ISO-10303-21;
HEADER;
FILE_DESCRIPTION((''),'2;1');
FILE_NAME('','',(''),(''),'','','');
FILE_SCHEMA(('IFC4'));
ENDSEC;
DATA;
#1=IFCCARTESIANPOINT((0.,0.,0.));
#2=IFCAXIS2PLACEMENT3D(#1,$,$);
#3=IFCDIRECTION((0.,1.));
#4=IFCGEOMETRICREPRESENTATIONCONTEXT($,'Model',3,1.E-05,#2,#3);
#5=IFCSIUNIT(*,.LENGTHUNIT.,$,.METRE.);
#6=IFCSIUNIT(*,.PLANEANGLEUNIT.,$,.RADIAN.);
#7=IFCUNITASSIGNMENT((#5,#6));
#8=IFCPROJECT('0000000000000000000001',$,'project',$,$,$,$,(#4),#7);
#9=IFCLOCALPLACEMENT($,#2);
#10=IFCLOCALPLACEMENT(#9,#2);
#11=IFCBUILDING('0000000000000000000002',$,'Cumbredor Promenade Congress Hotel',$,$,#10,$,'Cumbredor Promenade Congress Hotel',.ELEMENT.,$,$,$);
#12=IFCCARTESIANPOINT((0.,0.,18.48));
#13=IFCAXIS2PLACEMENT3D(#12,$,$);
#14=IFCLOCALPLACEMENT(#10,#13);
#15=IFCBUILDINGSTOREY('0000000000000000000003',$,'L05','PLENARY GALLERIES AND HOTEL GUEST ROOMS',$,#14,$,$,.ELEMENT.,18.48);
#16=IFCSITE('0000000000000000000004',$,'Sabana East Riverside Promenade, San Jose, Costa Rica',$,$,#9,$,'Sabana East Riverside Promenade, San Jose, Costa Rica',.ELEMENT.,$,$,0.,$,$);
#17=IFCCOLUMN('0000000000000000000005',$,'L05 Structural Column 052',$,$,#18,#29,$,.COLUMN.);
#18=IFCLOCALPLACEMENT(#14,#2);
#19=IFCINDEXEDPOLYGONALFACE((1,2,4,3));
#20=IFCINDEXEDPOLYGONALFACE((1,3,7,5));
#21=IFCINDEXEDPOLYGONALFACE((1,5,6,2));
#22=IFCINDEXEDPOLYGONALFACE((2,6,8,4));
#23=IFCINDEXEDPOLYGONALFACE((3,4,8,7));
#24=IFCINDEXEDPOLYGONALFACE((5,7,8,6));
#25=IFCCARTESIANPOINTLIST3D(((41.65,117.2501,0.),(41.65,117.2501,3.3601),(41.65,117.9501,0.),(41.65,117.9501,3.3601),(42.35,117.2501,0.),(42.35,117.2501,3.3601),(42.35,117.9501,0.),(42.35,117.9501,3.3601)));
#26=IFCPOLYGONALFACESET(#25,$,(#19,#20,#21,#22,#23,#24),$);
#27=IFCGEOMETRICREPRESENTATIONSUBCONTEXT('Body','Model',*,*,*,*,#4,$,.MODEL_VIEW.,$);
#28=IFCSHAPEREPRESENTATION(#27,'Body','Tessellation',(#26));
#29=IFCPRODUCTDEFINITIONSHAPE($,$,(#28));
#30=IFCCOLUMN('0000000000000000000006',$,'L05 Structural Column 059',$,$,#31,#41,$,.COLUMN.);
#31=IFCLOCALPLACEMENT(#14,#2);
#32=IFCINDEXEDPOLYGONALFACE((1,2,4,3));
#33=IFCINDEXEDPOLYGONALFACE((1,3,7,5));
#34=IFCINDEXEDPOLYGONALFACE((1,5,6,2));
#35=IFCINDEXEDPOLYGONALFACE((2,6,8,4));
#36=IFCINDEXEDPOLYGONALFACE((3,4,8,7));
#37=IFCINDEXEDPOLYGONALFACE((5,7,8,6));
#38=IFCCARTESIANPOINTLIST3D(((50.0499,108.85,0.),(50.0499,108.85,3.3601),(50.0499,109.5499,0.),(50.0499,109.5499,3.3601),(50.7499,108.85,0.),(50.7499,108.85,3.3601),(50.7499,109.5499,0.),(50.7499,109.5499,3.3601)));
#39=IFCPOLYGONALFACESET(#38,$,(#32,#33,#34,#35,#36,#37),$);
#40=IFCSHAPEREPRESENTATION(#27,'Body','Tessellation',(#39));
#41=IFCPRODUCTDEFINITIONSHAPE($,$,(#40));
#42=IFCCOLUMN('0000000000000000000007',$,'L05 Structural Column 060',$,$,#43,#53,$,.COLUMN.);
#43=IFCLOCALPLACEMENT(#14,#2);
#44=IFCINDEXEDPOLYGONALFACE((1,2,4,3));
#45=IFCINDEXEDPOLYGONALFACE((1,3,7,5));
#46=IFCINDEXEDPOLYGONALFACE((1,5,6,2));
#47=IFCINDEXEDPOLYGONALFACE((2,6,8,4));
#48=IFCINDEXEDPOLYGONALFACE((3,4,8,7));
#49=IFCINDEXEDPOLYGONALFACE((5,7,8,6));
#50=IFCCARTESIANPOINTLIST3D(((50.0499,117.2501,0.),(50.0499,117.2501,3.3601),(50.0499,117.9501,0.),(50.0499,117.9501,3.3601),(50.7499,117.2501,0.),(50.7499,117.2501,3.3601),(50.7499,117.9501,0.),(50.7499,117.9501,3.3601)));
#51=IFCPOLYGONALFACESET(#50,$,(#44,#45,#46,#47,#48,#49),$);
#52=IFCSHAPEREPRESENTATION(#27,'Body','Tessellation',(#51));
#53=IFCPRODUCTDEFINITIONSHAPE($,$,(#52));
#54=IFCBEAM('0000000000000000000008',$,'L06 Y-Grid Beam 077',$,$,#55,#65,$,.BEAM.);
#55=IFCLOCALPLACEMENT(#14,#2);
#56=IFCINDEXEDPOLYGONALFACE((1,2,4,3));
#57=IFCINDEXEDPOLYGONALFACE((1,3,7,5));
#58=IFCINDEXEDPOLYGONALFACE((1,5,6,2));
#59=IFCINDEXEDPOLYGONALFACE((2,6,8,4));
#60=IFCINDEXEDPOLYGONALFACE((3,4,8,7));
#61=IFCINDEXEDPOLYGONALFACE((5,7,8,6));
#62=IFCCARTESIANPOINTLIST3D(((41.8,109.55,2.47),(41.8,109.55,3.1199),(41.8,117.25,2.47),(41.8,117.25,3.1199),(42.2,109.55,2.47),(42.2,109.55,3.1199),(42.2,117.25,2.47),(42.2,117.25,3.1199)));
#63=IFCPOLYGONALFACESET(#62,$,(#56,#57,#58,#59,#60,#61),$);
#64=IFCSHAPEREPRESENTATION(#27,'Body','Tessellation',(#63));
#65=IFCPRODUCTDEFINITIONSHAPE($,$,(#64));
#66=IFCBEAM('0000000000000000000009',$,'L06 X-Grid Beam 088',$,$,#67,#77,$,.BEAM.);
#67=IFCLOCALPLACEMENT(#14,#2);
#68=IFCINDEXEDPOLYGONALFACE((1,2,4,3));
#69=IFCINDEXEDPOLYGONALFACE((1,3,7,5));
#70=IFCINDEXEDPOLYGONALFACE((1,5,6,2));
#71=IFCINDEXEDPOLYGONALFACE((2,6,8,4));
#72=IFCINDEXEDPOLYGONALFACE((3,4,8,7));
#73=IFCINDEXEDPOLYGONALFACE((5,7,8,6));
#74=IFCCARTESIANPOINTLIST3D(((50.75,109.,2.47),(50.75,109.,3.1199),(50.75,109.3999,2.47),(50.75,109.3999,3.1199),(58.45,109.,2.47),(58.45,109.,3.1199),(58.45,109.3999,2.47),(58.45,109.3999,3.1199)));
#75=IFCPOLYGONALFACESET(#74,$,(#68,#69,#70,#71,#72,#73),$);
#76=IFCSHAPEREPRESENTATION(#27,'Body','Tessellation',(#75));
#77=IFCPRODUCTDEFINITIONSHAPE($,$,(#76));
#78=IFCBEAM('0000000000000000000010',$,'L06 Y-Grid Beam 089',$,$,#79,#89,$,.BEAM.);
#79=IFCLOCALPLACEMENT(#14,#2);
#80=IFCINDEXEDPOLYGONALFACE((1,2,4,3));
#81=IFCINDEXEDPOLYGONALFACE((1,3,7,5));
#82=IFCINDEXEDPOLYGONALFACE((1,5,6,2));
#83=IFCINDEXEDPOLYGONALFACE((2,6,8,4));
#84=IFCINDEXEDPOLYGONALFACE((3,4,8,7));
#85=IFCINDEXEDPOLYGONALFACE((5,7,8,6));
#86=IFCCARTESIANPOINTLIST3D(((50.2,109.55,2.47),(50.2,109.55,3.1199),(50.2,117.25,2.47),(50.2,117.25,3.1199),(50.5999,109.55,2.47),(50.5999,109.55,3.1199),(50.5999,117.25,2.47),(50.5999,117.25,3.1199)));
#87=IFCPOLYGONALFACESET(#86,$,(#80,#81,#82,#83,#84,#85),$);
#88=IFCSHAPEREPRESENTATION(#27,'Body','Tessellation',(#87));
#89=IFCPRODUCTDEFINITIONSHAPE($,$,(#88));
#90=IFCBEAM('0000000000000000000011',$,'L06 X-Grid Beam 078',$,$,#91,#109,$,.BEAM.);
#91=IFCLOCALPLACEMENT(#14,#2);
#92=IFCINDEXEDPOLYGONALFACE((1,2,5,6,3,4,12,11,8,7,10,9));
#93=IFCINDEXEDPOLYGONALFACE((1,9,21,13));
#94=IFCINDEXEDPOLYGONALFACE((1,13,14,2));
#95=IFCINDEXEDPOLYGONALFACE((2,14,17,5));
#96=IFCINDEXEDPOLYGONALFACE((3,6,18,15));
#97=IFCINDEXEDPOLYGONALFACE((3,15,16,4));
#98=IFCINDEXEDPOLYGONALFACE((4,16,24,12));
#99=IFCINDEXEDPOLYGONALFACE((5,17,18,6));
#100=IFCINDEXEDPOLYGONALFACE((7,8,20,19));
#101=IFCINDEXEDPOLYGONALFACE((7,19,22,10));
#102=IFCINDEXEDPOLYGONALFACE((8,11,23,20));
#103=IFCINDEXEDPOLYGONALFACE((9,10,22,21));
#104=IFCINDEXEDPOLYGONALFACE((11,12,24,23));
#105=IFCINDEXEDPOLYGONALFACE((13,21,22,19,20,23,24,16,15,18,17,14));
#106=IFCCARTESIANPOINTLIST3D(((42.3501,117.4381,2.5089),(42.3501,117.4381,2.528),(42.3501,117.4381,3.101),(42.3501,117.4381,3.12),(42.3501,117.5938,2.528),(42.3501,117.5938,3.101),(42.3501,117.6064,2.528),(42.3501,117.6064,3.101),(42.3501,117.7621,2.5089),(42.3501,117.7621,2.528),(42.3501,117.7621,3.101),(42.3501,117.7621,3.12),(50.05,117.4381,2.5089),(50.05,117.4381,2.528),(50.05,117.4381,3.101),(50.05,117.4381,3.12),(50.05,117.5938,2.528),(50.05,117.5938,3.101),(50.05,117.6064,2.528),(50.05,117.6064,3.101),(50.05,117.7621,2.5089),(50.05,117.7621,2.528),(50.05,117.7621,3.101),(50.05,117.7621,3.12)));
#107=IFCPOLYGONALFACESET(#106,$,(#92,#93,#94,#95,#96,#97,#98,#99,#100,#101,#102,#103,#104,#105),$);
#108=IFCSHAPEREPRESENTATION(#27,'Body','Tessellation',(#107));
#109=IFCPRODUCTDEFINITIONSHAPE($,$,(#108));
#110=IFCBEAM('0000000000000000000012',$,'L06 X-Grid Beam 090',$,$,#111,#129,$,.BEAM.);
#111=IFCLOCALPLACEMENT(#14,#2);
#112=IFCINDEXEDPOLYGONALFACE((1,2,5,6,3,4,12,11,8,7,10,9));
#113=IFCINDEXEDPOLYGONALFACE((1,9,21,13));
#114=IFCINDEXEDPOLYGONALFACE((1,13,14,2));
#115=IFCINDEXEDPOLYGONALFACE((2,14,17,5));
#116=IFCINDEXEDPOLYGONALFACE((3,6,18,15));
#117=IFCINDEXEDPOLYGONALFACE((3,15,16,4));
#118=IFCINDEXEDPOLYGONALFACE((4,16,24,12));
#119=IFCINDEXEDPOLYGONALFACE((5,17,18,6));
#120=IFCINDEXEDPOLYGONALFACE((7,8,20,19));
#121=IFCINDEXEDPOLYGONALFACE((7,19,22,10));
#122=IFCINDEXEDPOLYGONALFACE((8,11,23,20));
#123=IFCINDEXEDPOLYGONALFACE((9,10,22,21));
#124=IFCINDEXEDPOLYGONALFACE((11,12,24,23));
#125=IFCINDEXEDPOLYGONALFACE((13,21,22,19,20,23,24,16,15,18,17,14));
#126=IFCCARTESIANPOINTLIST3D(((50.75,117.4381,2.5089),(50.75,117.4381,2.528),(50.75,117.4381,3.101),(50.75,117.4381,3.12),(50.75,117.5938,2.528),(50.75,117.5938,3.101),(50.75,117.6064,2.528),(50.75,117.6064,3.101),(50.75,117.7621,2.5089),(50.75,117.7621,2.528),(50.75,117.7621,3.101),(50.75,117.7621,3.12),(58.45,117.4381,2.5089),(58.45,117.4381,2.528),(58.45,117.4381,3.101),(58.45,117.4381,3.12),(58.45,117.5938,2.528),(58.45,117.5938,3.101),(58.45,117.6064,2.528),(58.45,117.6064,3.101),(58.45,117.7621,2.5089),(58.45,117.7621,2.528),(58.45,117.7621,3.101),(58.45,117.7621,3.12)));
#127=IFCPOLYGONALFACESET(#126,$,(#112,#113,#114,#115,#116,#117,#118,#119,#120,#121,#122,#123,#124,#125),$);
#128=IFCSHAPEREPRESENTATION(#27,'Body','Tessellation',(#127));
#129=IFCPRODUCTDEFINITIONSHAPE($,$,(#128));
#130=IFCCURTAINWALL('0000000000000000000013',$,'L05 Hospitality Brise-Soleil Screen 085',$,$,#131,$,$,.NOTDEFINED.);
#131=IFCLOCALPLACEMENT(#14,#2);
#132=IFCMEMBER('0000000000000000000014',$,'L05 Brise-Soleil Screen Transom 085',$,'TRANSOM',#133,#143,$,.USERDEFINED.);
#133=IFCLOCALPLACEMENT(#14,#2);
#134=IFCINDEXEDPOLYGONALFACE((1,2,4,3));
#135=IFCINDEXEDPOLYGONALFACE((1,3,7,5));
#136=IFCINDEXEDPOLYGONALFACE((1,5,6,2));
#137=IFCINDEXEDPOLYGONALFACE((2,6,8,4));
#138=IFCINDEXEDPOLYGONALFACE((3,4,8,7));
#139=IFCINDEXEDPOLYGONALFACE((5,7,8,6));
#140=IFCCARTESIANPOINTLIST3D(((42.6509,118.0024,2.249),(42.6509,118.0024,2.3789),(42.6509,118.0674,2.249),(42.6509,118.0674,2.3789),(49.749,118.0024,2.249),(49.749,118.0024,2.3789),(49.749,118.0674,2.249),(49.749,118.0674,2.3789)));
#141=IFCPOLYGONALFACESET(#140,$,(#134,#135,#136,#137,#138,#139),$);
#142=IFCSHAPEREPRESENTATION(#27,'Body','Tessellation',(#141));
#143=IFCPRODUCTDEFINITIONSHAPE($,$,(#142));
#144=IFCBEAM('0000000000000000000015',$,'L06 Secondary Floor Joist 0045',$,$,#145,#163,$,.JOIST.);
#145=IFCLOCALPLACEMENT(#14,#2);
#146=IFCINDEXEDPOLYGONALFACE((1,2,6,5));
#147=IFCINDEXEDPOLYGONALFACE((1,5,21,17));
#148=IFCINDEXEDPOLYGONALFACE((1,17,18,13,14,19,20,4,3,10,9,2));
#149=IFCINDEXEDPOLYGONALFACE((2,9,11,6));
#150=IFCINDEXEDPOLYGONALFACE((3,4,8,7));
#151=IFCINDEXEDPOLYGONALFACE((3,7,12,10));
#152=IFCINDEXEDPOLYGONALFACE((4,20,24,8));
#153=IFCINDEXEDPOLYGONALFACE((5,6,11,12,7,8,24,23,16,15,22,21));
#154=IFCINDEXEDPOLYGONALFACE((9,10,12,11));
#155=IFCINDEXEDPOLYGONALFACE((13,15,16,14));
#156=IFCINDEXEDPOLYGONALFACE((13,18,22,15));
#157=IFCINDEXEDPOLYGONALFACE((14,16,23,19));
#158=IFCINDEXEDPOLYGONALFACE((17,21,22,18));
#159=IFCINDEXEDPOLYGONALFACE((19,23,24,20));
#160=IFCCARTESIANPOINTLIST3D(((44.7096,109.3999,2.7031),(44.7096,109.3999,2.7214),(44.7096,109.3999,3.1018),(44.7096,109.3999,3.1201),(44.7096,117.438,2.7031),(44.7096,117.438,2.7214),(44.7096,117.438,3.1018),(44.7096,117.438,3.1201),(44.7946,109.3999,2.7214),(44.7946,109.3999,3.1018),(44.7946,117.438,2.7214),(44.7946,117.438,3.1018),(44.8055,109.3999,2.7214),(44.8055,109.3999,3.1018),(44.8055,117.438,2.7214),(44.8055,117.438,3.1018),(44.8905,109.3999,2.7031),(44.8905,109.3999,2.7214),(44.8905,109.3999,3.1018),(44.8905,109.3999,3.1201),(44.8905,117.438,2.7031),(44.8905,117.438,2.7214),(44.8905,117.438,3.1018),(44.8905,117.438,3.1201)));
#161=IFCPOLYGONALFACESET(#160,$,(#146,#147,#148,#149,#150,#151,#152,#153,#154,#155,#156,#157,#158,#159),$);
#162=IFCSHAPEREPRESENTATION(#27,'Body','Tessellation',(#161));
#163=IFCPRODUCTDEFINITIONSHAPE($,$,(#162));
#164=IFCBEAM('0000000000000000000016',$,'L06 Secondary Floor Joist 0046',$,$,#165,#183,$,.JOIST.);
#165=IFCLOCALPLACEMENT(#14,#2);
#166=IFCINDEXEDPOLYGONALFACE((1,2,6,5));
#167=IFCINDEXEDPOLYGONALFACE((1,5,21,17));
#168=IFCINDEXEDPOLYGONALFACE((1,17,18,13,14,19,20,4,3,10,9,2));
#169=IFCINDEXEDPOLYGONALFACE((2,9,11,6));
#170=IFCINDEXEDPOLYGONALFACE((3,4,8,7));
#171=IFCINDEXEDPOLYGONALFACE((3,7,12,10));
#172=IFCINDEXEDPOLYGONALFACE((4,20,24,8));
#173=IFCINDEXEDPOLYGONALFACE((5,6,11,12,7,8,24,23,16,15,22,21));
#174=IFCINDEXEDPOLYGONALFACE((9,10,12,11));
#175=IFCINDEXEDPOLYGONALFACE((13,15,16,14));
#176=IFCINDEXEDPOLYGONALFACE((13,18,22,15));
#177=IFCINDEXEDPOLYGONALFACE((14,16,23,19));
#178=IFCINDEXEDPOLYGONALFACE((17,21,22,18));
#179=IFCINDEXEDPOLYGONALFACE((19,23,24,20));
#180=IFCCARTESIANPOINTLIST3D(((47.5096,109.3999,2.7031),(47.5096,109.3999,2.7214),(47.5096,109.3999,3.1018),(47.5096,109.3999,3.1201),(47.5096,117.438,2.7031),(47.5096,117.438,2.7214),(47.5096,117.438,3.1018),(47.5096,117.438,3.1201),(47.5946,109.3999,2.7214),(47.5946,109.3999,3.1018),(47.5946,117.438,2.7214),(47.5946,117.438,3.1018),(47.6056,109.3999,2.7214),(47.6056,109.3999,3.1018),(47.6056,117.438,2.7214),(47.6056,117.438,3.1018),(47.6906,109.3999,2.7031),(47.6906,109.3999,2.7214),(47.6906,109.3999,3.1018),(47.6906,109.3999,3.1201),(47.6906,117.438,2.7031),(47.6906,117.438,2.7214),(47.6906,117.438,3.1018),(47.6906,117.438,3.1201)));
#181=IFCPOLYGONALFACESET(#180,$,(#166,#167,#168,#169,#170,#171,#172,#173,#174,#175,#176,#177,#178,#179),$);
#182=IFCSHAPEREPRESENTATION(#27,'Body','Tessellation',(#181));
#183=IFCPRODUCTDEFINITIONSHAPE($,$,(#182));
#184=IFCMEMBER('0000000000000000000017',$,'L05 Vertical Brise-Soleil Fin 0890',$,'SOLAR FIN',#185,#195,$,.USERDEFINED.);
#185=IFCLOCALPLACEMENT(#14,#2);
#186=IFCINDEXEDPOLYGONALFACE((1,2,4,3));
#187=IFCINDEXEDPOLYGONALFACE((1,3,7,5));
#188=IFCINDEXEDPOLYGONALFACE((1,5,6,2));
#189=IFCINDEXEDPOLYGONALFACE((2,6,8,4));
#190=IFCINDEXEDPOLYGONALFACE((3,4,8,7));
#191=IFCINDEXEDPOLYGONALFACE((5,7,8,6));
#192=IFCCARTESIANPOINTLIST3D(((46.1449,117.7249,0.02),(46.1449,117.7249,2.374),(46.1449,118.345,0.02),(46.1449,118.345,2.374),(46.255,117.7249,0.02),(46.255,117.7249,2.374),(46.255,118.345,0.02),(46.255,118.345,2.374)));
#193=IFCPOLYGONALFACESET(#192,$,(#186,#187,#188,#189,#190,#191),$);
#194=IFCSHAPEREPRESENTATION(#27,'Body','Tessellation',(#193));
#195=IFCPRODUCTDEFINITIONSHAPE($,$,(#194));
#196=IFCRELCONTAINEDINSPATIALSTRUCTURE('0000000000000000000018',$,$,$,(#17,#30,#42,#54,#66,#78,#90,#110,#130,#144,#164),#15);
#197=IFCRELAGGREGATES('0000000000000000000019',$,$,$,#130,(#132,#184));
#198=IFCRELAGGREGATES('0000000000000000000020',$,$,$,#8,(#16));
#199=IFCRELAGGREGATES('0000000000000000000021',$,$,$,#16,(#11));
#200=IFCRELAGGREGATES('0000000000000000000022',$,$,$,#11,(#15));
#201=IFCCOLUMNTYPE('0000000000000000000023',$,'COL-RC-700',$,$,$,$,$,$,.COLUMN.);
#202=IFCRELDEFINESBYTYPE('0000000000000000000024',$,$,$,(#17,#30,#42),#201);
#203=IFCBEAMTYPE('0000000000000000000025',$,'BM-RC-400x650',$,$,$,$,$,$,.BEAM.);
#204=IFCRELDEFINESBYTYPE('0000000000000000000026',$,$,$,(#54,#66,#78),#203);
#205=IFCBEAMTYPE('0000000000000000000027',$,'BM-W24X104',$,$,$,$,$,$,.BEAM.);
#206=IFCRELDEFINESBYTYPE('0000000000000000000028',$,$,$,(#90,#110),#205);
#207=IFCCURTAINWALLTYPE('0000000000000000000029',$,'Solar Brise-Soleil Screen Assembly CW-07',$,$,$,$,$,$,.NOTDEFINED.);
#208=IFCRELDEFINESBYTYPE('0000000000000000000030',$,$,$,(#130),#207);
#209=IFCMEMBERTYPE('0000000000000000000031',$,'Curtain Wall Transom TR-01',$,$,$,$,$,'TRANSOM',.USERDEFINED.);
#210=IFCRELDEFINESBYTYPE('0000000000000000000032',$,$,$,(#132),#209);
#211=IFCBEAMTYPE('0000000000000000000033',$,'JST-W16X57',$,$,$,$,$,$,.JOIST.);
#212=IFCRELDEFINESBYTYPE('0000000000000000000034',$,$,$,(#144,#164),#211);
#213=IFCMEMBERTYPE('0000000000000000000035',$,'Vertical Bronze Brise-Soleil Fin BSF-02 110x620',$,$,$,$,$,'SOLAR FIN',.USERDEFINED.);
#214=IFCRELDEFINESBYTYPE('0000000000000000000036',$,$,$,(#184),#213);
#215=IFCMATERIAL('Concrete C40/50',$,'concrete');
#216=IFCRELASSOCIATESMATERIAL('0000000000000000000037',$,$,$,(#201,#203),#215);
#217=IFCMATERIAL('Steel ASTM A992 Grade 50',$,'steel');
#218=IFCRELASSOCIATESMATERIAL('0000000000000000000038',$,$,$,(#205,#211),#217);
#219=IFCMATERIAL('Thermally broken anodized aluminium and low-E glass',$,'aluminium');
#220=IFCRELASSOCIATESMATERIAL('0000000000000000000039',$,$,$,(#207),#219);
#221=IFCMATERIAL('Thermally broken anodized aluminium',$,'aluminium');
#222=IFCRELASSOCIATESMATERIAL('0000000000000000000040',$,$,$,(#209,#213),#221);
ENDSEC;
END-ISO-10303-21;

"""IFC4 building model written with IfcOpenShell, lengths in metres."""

from ifc_helpers import new_model, si_unit, direction, frame, origin, origin_2d, place, context, subcontext, project, spatial, rectangle, i_section, extrude, material, material_profile, profile_set, type_object, element, aggregate, save


model = new_model("IFC4")

# Units and contexts
model_context = context("Model", 3, precision=1e-05, world=origin(), true_north=direction((0.0, 1.0)))
body_context = subcontext(model_context, "Body", "Model", "MODEL_VIEW")
ifc_project = project(units=[si_unit("LENGTHUNIT", "METRE"), si_unit("PLANEANGLEUNIT", "RADIAN")], contexts=[model_context])

# Site, building, storey
site_placement = place(None, origin())
site = spatial("IfcSite", under=ifc_project, at=site_placement, Name="Sabana East Riverside Promenade, San Jose, Costa Rica", LongName="Sabana East Riverside Promenade, San Jose, Costa Rica", CompositionType="ELEMENT", RefElevation=0.0)
building_placement = place(site_placement, origin())
building = spatial("IfcBuilding", under=site, at=building_placement, Name="Cumbredor Promenade Congress Hotel", LongName="Cumbredor Promenade Congress Hotel", CompositionType="ELEMENT")
storey_placement = place(building_placement, frame((0.0, 0.0, 18.48)))
storey = spatial("IfcBuildingStorey", under=building, at=storey_placement, Name="L05", Description="PLENARY GALLERIES AND HOTEL GUEST ROOMS", CompositionType="ELEMENT", Elevation=18.48)

# Columns
ifc_material_1 = material(Name="Concrete C40/50", Category="concrete")
ifc_material_profile_1 = material_profile(ifc_material_1, rectangle(XDim=0.7, YDim=0.7, at=origin_2d()), Name="RC 700x700")
ifc_profile_set_1 = profile_set([ifc_material_profile_1], Name="Concrete C40/50")
column_type = type_object("IfcColumnType", Name="COL-RC-700", PredefinedType="COLUMN", material=ifc_profile_set_1)
for number, where, z_axis, x_axis, name in (
    (1, (42.0, 117.6001, 0.0), (0.0, 0.0, 1.0), (1.0, 0.0, 0.0), "L05 Structural Column 052"),
    (2, (50.3999, 109.2, 0.0), (0.0, 0.0, 1.0), (1.0, 0.0, 0.0), "L05 Structural Column 059"),
    (3, (50.3999, 117.6001, 0.0), (0.0, 0.0, 1.0), (1.0, 0.0, 0.0), "L05 Structural Column 060"),
):
    element("IfcColumn", number, at=place(storey_placement, frame(where, z_axis=z_axis, x_axis=x_axis)), inside=storey, type_object=column_type, Name=name, PredefinedType="COLUMN", context=body_context, shape_type="SweptSolid", body=[
        extrude(rectangle(XDim=0.7, YDim=0.7, at=origin_2d()), origin(), (0.0, 0.0, 1.0), 3.3601),
    ])

# Beams
ifc_material_profile_2 = material_profile(ifc_material_1, rectangle(XDim=0.3999, YDim=0.6499, at=origin_2d()), Name="RC BEAM 400x650")
ifc_profile_set_2 = profile_set([ifc_material_profile_2], Name="Concrete C40/50")
beam_type_1 = type_object("IfcBeamType", Name="BM-RC-400x650", PredefinedType="BEAM", material=ifc_profile_set_2)
for number, where, z_axis, x_axis, name in (
    (4, (42.0, 109.55, 2.7949), (0.0, 1.0, 0.0), (-1.0, 0.0, 0.0), "L06 Y-Grid Beam 077"),
    (5, (50.75, 109.2, 2.7949), (1.0, 0.0, 0.0), (0.0, 1.0, 0.0), "L06 X-Grid Beam 088"),
    (6, (50.3999, 109.55, 2.7949), (0.0, 1.0, 0.0), (-1.0, 0.0, 0.0), "L06 Y-Grid Beam 089"),
):
    element("IfcBeam", number, at=place(storey_placement, frame(where, z_axis=z_axis, x_axis=x_axis)), inside=storey, type_object=beam_type_1, Name=name, PredefinedType="BEAM", context=body_context, shape_type="SweptSolid", body=[
        extrude(rectangle(XDim=0.3999, YDim=0.6499, at=origin_2d()), origin(), (0.0, 0.0, 1.0), 7.7),
    ])
ifc_material_2 = material(Name="Steel ASTM A992 Grade 50", Category="steel")
ifc_material_profile_3 = material_profile(ifc_material_2, i_section(OverallWidth=0.324, OverallDepth=0.6111, WebThickness=0.0127, FlangeThickness=0.019, at=origin_2d()), Name="W24X104")
ifc_profile_set_3 = profile_set([ifc_material_profile_3], Name="Steel ASTM A992 Grade 50")
beam_type_2 = type_object("IfcBeamType", Name="BM-W24X104", PredefinedType="BEAM", material=ifc_profile_set_3)
for number, where, z_axis, x_axis, name in (
    (7, (42.3501, 117.6001, 2.8145), (1.0, 0.0, 0.0), (0.0, 1.0, 0.0), "L06 X-Grid Beam 078"),
    (8, (50.75, 117.6001, 2.8145), (1.0, 0.0, 0.0), (0.0, 1.0, 0.0), "L06 X-Grid Beam 090"),
):
    element("IfcBeam", number, at=place(storey_placement, frame(where, z_axis=z_axis, x_axis=x_axis)), inside=storey, type_object=beam_type_2, Name=name, PredefinedType="BEAM", context=body_context, shape_type="SweptSolid", body=[
        extrude(i_section(OverallWidth=0.324, OverallDepth=0.6111, WebThickness=0.0127, FlangeThickness=0.019, at=origin_2d()), origin(), (0.0, 0.0, 1.0), 7.7),
    ])

# Curtain wall, member
ifc_material_3 = material(Name="Thermally broken anodized aluminium and low-E glass", Category="aluminium")
curtain_wall_type = type_object("IfcCurtainWallType", Name="Solar Brise-Soleil Screen Assembly CW-07", PredefinedType="NOTDEFINED", material=ifc_material_3)
curtain_wall_placement = place(storey_placement, origin())
curtain_wall = element("IfcCurtainWall", 9, at=curtain_wall_placement, inside=storey, type_object=curtain_wall_type, Name="L05 Hospitality Brise-Soleil Screen 085", PredefinedType="NOTDEFINED")
ifc_material_4 = material(Name="Thermally broken anodized aluminium", Category="aluminium")
ifc_material_profile_4 = material_profile(ifc_material_4, rectangle(XDim=0.0649, YDim=0.1299, at=origin_2d()), Name="ALU TRANSOM 65x130")
ifc_profile_set_4 = profile_set([ifc_material_profile_4], Name="Thermally broken anodized aluminium")
member_type_1 = type_object("IfcMemberType", Name="Curtain Wall Transom TR-01", ElementType="TRANSOM", PredefinedType="USERDEFINED", material=ifc_profile_set_4)
member_1_placement = place(storey_placement, frame((42.6509, 118.0349, 2.314), z_axis=(1.0, 0.0, 0.0), x_axis=(0.0, 1.0, 0.0)))
member_1 = element("IfcMember", 10, at=member_1_placement, type_object=member_type_1, Name="L05 Brise-Soleil Screen Transom 085", ObjectType="TRANSOM", PredefinedType="USERDEFINED", context=body_context, shape_type="SweptSolid", body=[
    extrude(rectangle(XDim=0.0649, YDim=0.1299, at=origin_2d()), origin(), (0.0, 0.0, 1.0), 7.0981),
])

# Beams
ifc_material_profile_5 = material_profile(ifc_material_2, i_section(OverallWidth=0.1809, OverallDepth=0.417, WebThickness=0.011, FlangeThickness=0.0183, at=origin_2d()), Name="W16X57")
ifc_profile_set_5 = profile_set([ifc_material_profile_5], Name="Steel ASTM A992 Grade 50")
beam_type_3 = type_object("IfcBeamType", Name="JST-W16X57", PredefinedType="JOIST", material=ifc_profile_set_5)
for number, where, z_axis, x_axis, name in (
    (11, (44.8, 109.3999, 2.9116), (0.0, 1.0, 0.0), (-1.0, 0.0, 0.0), "L06 Secondary Floor Joist 0045"),
    (12, (47.6001, 109.3999, 2.9116), (0.0, 1.0, 0.0), (-1.0, 0.0, 0.0), "L06 Secondary Floor Joist 0046"),
):
    element("IfcBeam", number, at=place(storey_placement, frame(where, z_axis=z_axis, x_axis=x_axis)), inside=storey, type_object=beam_type_3, Name=name, PredefinedType="JOIST", context=body_context, shape_type="SweptSolid", body=[
        extrude(i_section(OverallWidth=0.1809, OverallDepth=0.417, WebThickness=0.011, FlangeThickness=0.0183, at=origin_2d()), origin(), (0.0, 0.0, 1.0), 8.0381),
    ])

# Member
ifc_material_profile_6 = material_profile(ifc_material_4, rectangle(XDim=0.1101, YDim=0.6201, at=origin_2d()), Name="ARCH FIN 110x620")
ifc_profile_set_6 = profile_set([ifc_material_profile_6], Name="Thermally broken anodized aluminium")
member_type_2 = type_object("IfcMemberType", Name="Vertical Bronze Brise-Soleil Fin BSF-02 110x620", ElementType="SOLAR FIN", PredefinedType="USERDEFINED", material=ifc_profile_set_6)
member_2_placement = place(storey_placement, frame((46.2, 118.0349, 0.02), z_axis=(0.0, 0.0, 1.0), x_axis=(1.0, 0.0, 0.0)))
member_2 = element("IfcMember", 13, at=member_2_placement, type_object=member_type_2, Name="L05 Vertical Brise-Soleil Fin 0890", ObjectType="SOLAR FIN", PredefinedType="USERDEFINED", context=body_context, shape_type="SweptSolid", body=[
    extrude(rectangle(XDim=0.1101, YDim=0.6201, at=origin_2d()), origin(), (0.0, 0.0, 1.0), 2.354),
])

aggregate(curtain_wall, [member_1, member_2])

save(model, "model.ifc")
